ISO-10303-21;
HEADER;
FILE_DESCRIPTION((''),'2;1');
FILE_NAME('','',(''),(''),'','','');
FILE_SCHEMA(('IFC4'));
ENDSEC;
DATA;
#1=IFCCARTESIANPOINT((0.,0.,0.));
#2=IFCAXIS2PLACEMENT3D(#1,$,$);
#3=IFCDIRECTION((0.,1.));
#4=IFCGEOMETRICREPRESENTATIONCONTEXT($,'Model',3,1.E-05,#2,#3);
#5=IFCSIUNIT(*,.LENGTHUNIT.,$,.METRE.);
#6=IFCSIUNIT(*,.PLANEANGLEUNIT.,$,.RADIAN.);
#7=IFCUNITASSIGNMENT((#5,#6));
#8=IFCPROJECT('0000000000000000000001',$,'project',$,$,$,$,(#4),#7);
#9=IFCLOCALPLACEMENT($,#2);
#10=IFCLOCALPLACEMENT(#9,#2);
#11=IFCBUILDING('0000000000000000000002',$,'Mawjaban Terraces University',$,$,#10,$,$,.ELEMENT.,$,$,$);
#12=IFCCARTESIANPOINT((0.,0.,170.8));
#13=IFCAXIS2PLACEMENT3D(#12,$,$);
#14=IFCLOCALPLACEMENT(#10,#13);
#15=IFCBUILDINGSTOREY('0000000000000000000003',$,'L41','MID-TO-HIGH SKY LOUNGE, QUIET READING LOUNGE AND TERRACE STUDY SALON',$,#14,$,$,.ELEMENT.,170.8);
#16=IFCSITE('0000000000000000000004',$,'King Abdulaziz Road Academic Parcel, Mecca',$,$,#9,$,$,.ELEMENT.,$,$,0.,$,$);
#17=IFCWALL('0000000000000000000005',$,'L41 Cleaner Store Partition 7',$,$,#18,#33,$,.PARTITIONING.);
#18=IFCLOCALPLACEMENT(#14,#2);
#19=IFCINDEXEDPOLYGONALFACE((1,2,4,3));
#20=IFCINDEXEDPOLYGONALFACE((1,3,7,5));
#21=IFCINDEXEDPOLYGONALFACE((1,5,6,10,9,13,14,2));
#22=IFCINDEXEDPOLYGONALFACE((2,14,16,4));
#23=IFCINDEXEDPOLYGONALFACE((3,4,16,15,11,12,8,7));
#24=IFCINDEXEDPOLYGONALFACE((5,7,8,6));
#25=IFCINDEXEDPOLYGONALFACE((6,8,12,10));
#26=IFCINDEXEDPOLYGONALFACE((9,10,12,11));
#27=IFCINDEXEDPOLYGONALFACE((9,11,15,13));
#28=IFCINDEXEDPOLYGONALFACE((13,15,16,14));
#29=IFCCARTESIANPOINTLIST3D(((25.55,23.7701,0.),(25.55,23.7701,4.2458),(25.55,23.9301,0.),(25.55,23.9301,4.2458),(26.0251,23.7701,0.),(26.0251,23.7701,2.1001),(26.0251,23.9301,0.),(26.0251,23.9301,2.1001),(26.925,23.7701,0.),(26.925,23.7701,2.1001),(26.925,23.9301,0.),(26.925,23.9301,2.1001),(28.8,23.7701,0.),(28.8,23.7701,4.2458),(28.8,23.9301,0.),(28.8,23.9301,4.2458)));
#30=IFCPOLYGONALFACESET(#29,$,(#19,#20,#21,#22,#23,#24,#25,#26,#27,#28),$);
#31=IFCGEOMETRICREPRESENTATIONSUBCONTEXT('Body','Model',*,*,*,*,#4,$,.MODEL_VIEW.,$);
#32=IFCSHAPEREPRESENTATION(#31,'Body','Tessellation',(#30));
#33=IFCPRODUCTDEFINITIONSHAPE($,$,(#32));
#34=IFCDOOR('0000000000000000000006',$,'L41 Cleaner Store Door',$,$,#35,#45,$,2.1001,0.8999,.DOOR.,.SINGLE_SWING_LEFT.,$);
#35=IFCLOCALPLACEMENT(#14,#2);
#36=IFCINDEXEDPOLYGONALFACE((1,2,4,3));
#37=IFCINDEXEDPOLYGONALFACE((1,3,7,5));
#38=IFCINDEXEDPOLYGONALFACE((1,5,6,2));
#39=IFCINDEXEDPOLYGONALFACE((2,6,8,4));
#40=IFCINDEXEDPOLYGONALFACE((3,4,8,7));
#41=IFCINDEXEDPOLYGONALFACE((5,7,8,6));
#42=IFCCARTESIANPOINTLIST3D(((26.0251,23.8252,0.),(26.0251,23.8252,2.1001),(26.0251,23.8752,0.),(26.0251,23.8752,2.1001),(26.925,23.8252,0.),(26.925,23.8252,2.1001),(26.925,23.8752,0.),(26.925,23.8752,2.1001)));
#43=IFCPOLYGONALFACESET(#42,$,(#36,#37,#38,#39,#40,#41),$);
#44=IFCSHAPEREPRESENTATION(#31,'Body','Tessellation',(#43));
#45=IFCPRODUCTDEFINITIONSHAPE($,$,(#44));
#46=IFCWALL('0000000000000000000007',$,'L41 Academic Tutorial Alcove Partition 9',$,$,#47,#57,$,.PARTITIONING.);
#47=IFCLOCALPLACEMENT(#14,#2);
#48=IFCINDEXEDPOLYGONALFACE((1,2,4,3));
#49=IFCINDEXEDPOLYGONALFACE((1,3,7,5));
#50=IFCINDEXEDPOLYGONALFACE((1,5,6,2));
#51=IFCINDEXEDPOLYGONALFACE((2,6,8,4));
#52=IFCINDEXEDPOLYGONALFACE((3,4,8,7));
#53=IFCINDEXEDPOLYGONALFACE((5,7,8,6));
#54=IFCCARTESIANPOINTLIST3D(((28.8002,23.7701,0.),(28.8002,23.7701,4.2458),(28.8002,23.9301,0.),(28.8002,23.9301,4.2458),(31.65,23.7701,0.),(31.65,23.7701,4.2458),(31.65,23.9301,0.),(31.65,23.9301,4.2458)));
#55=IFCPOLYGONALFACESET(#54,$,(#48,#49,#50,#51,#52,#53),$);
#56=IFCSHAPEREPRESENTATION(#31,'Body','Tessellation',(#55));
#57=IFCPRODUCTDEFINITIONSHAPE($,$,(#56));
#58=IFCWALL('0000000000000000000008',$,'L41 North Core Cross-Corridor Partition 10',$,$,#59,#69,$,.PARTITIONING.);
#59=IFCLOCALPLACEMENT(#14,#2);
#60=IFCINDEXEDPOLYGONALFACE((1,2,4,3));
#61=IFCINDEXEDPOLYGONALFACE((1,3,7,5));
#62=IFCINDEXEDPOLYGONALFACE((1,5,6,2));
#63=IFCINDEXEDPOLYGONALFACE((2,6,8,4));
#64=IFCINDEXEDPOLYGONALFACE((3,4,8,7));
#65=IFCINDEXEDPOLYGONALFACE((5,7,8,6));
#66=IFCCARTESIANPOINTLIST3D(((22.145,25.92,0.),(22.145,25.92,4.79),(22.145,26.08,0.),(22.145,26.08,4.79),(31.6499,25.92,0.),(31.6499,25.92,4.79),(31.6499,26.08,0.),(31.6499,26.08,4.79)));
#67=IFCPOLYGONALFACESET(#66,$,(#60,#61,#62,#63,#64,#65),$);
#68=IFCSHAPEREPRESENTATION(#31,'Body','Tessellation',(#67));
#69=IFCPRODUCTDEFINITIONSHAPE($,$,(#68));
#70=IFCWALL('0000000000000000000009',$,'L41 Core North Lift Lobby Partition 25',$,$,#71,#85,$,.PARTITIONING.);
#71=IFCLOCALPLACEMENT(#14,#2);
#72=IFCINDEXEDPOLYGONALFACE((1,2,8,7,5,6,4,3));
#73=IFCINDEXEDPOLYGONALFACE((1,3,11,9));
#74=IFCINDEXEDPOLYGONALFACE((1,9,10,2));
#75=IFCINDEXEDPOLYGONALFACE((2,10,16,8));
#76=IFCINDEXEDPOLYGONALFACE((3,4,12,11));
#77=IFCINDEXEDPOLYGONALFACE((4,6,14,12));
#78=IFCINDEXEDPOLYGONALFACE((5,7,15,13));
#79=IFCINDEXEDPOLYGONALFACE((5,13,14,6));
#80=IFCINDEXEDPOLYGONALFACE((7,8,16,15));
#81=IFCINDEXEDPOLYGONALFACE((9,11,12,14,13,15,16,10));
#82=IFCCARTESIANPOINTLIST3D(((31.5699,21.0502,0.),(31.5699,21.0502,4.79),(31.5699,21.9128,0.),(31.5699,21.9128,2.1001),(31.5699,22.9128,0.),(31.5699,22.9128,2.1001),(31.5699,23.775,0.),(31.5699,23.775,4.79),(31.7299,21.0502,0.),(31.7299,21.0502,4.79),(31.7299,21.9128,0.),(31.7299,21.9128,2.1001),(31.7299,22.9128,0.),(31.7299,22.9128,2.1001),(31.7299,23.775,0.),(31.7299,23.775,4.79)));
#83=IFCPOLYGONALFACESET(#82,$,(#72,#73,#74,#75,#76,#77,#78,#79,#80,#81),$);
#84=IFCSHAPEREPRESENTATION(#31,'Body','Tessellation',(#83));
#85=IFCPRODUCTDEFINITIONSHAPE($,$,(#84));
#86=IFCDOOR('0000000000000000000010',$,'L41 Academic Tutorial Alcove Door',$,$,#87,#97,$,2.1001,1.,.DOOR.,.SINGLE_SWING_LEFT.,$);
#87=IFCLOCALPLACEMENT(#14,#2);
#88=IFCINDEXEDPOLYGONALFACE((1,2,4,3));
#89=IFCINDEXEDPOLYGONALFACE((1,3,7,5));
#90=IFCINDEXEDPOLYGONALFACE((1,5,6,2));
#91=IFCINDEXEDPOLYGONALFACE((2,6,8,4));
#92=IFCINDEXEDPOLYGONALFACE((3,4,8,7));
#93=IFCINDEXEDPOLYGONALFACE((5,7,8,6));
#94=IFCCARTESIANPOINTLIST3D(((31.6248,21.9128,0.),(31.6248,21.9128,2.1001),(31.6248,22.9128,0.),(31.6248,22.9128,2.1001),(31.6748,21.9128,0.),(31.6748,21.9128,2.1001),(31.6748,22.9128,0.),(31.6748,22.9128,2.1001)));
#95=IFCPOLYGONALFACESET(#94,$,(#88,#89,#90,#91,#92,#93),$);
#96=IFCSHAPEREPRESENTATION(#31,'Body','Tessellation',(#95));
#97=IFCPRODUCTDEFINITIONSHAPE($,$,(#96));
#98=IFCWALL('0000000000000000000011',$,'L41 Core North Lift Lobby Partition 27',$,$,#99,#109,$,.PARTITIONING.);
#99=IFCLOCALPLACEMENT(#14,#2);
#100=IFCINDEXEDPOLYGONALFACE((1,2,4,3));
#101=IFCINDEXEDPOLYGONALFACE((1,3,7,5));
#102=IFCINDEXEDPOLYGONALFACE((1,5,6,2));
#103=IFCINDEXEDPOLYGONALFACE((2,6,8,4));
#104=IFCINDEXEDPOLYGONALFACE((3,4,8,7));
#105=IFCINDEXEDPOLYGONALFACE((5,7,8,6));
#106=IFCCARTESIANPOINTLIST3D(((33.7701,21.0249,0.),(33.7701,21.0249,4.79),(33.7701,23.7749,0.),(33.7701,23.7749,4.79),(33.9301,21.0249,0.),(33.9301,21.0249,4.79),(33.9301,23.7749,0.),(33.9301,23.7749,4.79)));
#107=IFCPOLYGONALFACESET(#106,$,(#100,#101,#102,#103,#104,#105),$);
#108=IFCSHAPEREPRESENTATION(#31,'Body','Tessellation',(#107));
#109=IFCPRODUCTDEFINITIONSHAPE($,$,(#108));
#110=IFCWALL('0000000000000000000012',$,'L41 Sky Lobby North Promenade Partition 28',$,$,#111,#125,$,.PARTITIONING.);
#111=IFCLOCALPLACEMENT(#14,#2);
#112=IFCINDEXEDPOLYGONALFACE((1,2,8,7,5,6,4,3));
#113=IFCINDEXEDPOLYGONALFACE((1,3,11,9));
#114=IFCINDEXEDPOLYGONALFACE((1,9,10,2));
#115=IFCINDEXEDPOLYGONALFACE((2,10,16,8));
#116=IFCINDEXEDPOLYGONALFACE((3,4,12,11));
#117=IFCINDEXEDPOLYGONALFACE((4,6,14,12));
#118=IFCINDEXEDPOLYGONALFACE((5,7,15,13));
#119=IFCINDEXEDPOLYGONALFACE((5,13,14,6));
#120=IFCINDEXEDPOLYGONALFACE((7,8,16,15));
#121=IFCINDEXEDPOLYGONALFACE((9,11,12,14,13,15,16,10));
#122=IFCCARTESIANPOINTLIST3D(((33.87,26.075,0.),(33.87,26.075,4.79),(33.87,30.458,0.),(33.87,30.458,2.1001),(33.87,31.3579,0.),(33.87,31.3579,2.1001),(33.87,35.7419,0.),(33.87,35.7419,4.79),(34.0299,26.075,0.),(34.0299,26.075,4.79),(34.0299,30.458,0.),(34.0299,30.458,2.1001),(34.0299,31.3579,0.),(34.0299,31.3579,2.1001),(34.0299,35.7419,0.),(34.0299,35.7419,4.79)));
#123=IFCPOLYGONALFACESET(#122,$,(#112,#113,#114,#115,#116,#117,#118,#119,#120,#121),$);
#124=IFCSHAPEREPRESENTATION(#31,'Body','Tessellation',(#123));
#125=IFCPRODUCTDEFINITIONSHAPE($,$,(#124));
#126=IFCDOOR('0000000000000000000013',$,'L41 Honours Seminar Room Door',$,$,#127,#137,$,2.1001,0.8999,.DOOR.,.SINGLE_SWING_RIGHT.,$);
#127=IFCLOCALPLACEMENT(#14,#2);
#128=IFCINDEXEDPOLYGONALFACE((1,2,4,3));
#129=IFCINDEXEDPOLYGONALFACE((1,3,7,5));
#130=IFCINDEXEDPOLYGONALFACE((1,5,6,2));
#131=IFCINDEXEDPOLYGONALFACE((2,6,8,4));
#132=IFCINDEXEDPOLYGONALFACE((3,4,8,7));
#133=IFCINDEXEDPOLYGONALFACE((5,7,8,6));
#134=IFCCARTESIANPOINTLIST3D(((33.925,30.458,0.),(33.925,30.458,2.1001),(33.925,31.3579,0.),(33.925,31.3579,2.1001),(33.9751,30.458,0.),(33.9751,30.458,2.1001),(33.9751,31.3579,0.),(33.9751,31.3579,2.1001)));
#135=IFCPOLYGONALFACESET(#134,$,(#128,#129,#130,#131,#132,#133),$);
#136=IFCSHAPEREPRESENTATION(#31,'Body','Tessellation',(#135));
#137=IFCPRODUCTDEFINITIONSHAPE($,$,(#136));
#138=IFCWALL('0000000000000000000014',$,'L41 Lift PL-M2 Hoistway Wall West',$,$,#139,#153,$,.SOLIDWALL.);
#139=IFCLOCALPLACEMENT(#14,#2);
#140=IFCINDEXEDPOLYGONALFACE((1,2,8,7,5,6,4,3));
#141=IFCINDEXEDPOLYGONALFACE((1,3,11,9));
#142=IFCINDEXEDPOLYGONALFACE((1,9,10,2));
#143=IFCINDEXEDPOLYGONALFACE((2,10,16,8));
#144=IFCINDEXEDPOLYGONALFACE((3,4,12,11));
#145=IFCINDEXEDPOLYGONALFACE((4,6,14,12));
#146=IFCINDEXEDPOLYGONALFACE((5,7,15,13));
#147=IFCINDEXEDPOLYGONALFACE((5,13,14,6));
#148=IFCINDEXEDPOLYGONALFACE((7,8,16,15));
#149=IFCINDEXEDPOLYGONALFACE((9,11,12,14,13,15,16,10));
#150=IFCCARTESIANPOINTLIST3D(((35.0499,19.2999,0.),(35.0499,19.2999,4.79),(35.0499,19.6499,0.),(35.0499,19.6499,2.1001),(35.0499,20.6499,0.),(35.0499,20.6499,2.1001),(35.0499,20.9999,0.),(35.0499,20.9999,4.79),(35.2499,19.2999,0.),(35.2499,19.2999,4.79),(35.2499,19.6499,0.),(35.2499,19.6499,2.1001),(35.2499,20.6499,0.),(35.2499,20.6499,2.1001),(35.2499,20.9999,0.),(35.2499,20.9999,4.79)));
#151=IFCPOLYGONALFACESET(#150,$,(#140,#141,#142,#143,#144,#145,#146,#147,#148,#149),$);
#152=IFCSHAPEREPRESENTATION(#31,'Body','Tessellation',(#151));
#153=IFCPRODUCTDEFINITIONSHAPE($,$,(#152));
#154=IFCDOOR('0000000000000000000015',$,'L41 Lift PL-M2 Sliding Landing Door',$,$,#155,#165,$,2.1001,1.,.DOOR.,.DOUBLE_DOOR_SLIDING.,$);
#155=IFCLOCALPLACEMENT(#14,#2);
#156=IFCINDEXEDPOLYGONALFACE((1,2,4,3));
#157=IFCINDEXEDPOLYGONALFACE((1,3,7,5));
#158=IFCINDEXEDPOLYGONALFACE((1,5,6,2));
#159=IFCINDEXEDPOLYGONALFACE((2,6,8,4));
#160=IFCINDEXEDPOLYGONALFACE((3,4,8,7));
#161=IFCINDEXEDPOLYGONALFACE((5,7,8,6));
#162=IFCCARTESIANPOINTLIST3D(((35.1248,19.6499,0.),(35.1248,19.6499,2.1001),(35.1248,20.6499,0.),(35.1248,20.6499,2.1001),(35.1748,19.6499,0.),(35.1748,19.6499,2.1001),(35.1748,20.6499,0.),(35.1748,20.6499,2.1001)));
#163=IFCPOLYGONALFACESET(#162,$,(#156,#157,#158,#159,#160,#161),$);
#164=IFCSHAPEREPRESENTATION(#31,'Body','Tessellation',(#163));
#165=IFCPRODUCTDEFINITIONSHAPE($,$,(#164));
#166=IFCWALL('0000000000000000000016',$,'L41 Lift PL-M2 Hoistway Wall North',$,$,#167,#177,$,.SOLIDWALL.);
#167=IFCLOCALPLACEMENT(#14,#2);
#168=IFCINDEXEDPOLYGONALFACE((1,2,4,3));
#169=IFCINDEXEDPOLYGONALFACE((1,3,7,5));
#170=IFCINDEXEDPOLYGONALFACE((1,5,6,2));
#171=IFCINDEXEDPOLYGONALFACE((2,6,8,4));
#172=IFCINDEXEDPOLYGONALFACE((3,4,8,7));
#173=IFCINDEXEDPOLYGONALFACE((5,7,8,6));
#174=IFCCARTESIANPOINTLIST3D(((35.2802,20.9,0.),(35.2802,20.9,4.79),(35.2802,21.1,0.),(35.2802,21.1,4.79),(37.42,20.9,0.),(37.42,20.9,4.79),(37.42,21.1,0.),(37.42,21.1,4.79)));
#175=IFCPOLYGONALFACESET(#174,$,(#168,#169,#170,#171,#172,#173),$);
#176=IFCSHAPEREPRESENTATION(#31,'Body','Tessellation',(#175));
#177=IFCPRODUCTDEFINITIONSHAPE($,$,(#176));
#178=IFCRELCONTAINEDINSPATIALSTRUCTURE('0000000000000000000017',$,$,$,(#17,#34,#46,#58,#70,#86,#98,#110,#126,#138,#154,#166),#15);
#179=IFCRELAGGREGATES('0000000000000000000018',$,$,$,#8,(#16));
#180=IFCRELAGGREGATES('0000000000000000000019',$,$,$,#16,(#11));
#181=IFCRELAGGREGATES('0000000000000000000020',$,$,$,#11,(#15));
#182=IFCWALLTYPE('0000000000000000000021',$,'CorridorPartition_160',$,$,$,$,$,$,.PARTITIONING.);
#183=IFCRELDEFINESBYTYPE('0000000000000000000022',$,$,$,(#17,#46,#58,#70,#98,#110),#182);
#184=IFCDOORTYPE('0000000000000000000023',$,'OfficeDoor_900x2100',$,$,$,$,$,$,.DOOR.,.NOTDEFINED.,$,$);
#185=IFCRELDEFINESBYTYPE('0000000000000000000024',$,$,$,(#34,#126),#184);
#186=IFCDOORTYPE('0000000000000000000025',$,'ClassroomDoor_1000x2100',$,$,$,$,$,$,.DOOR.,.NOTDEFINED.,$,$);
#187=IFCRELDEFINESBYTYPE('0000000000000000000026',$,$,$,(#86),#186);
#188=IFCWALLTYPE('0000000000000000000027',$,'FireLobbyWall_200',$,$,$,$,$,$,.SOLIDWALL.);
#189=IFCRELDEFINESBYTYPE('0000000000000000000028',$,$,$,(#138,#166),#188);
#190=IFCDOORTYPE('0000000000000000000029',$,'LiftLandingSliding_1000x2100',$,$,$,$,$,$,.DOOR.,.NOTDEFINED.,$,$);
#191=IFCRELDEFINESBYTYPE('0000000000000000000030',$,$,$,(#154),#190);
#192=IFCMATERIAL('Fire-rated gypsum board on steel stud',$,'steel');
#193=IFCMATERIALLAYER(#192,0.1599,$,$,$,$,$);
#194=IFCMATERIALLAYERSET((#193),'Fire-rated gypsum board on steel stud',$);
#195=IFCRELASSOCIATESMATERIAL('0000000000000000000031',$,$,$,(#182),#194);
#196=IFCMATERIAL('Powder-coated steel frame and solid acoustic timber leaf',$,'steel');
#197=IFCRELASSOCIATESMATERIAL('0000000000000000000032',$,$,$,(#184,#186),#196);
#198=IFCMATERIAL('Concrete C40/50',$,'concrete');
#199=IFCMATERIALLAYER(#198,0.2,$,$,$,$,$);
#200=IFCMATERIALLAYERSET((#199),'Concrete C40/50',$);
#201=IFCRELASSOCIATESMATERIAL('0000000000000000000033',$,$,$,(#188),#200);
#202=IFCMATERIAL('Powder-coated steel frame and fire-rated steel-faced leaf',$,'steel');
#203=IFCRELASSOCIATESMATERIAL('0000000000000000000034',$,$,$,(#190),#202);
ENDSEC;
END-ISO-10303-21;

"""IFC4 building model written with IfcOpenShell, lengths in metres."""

from ifc_helpers import new_model, si_unit, direction, frame, frame_2d, origin, place, context, subcontext, project, spatial, rectangle, extrude, material, layer, layer_set, type_object, element, fill, save


model = new_model("IFC4")

# Units and contexts
model_context = context("Model", 3, precision=1e-05, world=origin(), true_north=direction((0.0, 1.0)))
body_context = subcontext(model_context, "Body", "Model", "MODEL_VIEW")
ifc_project = project(units=[si_unit("LENGTHUNIT", "METRE"), si_unit("PLANEANGLEUNIT", "RADIAN")], contexts=[model_context])

# Site, building, storey
site_placement = place(None, origin())
site = spatial("IfcSite", under=ifc_project, at=site_placement, Name="King Abdulaziz Road Academic Parcel, Mecca", CompositionType="ELEMENT", RefElevation=0.0)
building_placement = place(site_placement, origin())
building = spatial("IfcBuilding", under=site, at=building_placement, Name="Mawjaban Terraces University", CompositionType="ELEMENT")
storey_placement = place(building_placement, frame((0.0, 0.0, 170.8)))
storey = spatial("IfcBuildingStorey", under=building, at=storey_placement, Name="L41", Description="MID-TO-HIGH SKY LOUNGE, QUIET READING LOUNGE AND TERRACE STUDY SALON", CompositionType="ELEMENT", Elevation=170.8)

# Wall, opening, door
ifc_material_1 = material(Name="Fire-rated gypsum board on steel stud", Category="steel")
ifc_layer_1 = layer(ifc_material_1, 0.1599)
ifc_layer_set_1 = layer_set([ifc_layer_1], Name="Fire-rated gypsum board on steel stud")
wall_type_1 = type_object("IfcWallType", Name="CorridorPartition_160", PredefinedType="PARTITIONING", material=ifc_layer_set_1)
ifc_material_2 = material(Name="Powder-coated steel frame and solid acoustic timber leaf", Category="steel")
wall_1_placement = place(storey_placement, frame((28.8, 23.8501, 0.0), z_axis=(0.0, 0.0, 1.0), x_axis=(-1.0, 0.0, 0.0)))
wall_1 = element("IfcWall", 1, at=wall_1_placement, inside=storey, type_object=wall_type_1, Name="L41 Cleaner Store Partition 7", PredefinedType="PARTITIONING", context=body_context, shape_type="SweptSolid", body=[
    extrude(rectangle(XDim=3.25, YDim=0.1599, at=frame_2d((1.625, 0.0))), origin(), (0.0, 0.0, 1.0), 4.2458),
])
opening_1_placement = place(wall_1_placement, frame((1.875, 0.0, 0.0)))
opening_1 = element("IfcOpeningElement", 2, at=opening_1_placement, cuts=wall_1, PredefinedType="OPENING", context=body_context, shape_type="SweptSolid", body=[
    extrude(rectangle(XDim=0.8999, YDim=2.1001, at=frame_2d((0.45, 1.05))), frame((0.0, 0.0898, 0.0), z_axis=(0.0, -1.0, 0.0), x_axis=(1.0, 0.0, 0.0)), (0.0, 0.0, 1.0), 0.1799),
])
door_type_1 = type_object("IfcDoorType", Name="OfficeDoor_900x2100", OperationType="NOTDEFINED", PredefinedType="DOOR", material=ifc_material_2)
door_1_placement = place(opening_1_placement, origin())
door_1 = element("IfcDoor", 3, at=door_1_placement, inside=storey, type_object=door_type_1, Name="L41 Cleaner Store Door", OperationType="SINGLE_SWING_LEFT", OverallHeight=2.1001, OverallWidth=0.8999, PredefinedType="DOOR", context=body_context, shape_type="SweptSolid", body=[
    extrude(rectangle(XDim=0.8999, YDim=2.1001, at=frame_2d((0.45, 1.05))), frame((0.0, 0.0249, 0.0), z_axis=(0.0, -1.0, 0.0), x_axis=(1.0, 0.0, 0.0)), (0.0, 0.0, 1.0), 0.05),
])
fill(opening_1, door_1)

# Walls
wall_2_placement = place(storey_placement, frame((31.6499, 23.8501, 0.0), z_axis=(0.0, 0.0, 1.0), x_axis=(-1.0, 0.0, 0.0)))
element("IfcWall", 4, at=wall_2_placement, inside=storey, type_object=wall_type_1, Name="L41 Academic Tutorial Alcove Partition 9", PredefinedType="PARTITIONING", context=body_context, shape_type="SweptSolid", body=[
    extrude(rectangle(XDim=2.8499, YDim=0.1599, at=frame_2d((1.4248, 0.0))), origin(), (0.0, 0.0, 1.0), 4.2458),
])
wall_3_placement = place(storey_placement, frame((31.6499, 26.0, 0.0), z_axis=(0.0, 0.0, 1.0), x_axis=(-1.0, 0.0, 0.0)))
element("IfcWall", 5, at=wall_3_placement, inside=storey, type_object=wall_type_1, Name="L41 North Core Cross-Corridor Partition 10", PredefinedType="PARTITIONING", context=body_context, shape_type="SweptSolid", body=[
    extrude(rectangle(XDim=9.5049, YDim=0.1599, at=frame_2d((4.7524, 0.0))), origin(), (0.0, 0.0, 1.0), 4.79),
])

# Wall, opening, door
wall_4_placement = place(storey_placement, frame((31.6499, 23.7749, 0.0), z_axis=(0.0, 0.0, 1.0), x_axis=(0.0, -1.0, 0.0)))
wall_4 = element("IfcWall", 6, at=wall_4_placement, inside=storey, type_object=wall_type_1, Name="L41 Core North Lift Lobby Partition 25", PredefinedType="PARTITIONING", context=body_context, shape_type="SweptSolid", body=[
    extrude(rectangle(XDim=2.7249, YDim=0.1599, at=frame_2d((1.3623, 0.0))), origin(), (0.0, 0.0, 1.0), 4.79),
])
opening_2_placement = place(wall_4_placement, frame((0.8621, 0.0, 0.0)))
opening_2 = element("IfcOpeningElement", 7, at=opening_2_placement, cuts=wall_4, PredefinedType="OPENING", context=body_context, shape_type="SweptSolid", body=[
    extrude(rectangle(XDim=1.0, YDim=2.1001, at=frame_2d((0.5, 1.05))), frame((0.0, 0.0898, 0.0), z_axis=(0.0, -1.0, 0.0), x_axis=(1.0, 0.0, 0.0)), (0.0, 0.0, 1.0), 0.1799),
])
door_type_2 = type_object("IfcDoorType", Name="ClassroomDoor_1000x2100", OperationType="NOTDEFINED", PredefinedType="DOOR", material=ifc_material_2)
door_2_placement = place(opening_2_placement, origin())
door_2 = element("IfcDoor", 8, at=door_2_placement, inside=storey, type_object=door_type_2, Name="L41 Academic Tutorial Alcove Door", OperationType="SINGLE_SWING_LEFT", OverallHeight=2.1001, OverallWidth=1.0, PredefinedType="DOOR", context=body_context, shape_type="SweptSolid", body=[
    extrude(rectangle(XDim=1.0, YDim=2.1001, at=frame_2d((0.5, 1.05))), frame((0.0, 0.0249, 0.0), z_axis=(0.0, -1.0, 0.0), x_axis=(1.0, 0.0, 0.0)), (0.0, 0.0, 1.0), 0.05),
])
fill(opening_2, door_2)

# Wall
wall_5_placement = place(storey_placement, frame((33.8501, 21.0249, 0.0), z_axis=(0.0, 0.0, 1.0), x_axis=(0.0, 1.0, 0.0)))
element("IfcWall", 9, at=wall_5_placement, inside=storey, type_object=wall_type_1, Name="L41 Core North Lift Lobby Partition 27", PredefinedType="PARTITIONING", context=body_context, shape_type="SweptSolid", body=[
    extrude(rectangle(XDim=2.75, YDim=0.1599, at=frame_2d((1.375, 0.0))), origin(), (0.0, 0.0, 1.0), 4.79),
])

# Walls, openings, doors
wall_6_placement = place(storey_placement, frame((33.95, 26.075, 0.0), z_axis=(0.0, 0.0, 1.0), x_axis=(0.0, 1.0, 0.0)))
wall_6 = element("IfcWall", 10, at=wall_6_placement, inside=storey, type_object=wall_type_1, Name="L41 Sky Lobby North Promenade Partition 28", PredefinedType="PARTITIONING", context=body_context, shape_type="SweptSolid", body=[
    extrude(rectangle(XDim=9.667, YDim=0.1599, at=frame_2d((4.8335, 0.0))), origin(), (0.0, 0.0, 1.0), 4.79),
])
opening_3_placement = place(wall_6_placement, frame((4.3831, 0.0, 0.0)))
opening_3 = element("IfcOpeningElement", 11, at=opening_3_placement, cuts=wall_6, PredefinedType="OPENING", context=body_context, shape_type="SweptSolid", body=[
    extrude(rectangle(XDim=0.8999, YDim=2.1001, at=frame_2d((0.45, 1.05))), frame((0.0, 0.0898, 0.0), z_axis=(0.0, -1.0, 0.0), x_axis=(1.0, 0.0, 0.0)), (0.0, 0.0, 1.0), 0.1799),
])
door_3_placement = place(opening_3_placement, origin())
door_3 = element("IfcDoor", 12, at=door_3_placement, inside=storey, type_object=door_type_1, Name="L41 Honours Seminar Room Door", OperationType="SINGLE_SWING_RIGHT", OverallHeight=2.1001, OverallWidth=0.8999, PredefinedType="DOOR", context=body_context, shape_type="SweptSolid", body=[
    extrude(rectangle(XDim=0.8999, YDim=2.1001, at=frame_2d((0.45, 1.05))), frame((0.0, 0.0249, 0.0), z_axis=(0.0, -1.0, 0.0), x_axis=(1.0, 0.0, 0.0)), (0.0, 0.0, 1.0), 0.05),
])
fill(opening_3, door_3)
ifc_material_3 = material(Name="Concrete C40/50", Category="concrete")
ifc_layer_2 = layer(ifc_material_3, 0.2)
ifc_layer_set_2 = layer_set([ifc_layer_2], Name="Concrete C40/50")
wall_type_2 = type_object("IfcWallType", Name="FireLobbyWall_200", PredefinedType="SOLIDWALL", material=ifc_layer_set_2)
wall_7_placement = place(storey_placement, frame((35.1499, 21.0, 0.0), z_axis=(0.0, 0.0, 1.0), x_axis=(0.0, -1.0, 0.0)))
wall_7 = element("IfcWall", 13, at=wall_7_placement, inside=storey, type_object=wall_type_2, Name="L41 Lift PL-M2 Hoistway Wall West", PredefinedType="SOLIDWALL", context=body_context, shape_type="SweptSolid", body=[
    extrude(rectangle(XDim=1.7, YDim=0.2, at=frame_2d((0.8501, 0.0))), origin(), (0.0, 0.0, 1.0), 4.79),
])
opening_4_placement = place(wall_7_placement, frame((0.3501, 0.0, 0.0)))
opening_4 = element("IfcOpeningElement", 14, at=opening_4_placement, cuts=wall_7, PredefinedType="OPENING", context=body_context, shape_type="SweptSolid", body=[
    extrude(rectangle(XDim=1.0, YDim=2.1001, at=frame_2d((0.5, 1.05))), frame((0.0, 0.1099, 0.0), z_axis=(0.0, -1.0, 0.0), x_axis=(1.0, 0.0, 0.0)), (0.0, 0.0, 1.0), 0.22),
])
ifc_material_4 = material(Name="Powder-coated steel frame and fire-rated steel-faced leaf", Category="steel")
door_type_3 = type_object("IfcDoorType", Name="LiftLandingSliding_1000x2100", OperationType="NOTDEFINED", PredefinedType="DOOR", material=ifc_material_4)
door_4_placement = place(opening_4_placement, origin())
door_4 = element("IfcDoor", 15, at=door_4_placement, inside=storey, type_object=door_type_3, Name="L41 Lift PL-M2 Sliding Landing Door", OperationType="DOUBLE_DOOR_SLIDING", OverallHeight=2.1001, OverallWidth=1.0, PredefinedType="DOOR", context=body_context, shape_type="SweptSolid", body=[
    extrude(rectangle(XDim=1.0, YDim=2.1001, at=frame_2d((0.5, 1.05))), frame((0.0, 0.0249, 0.0), z_axis=(0.0, -1.0, 0.0), x_axis=(1.0, 0.0, 0.0)), (0.0, 0.0, 1.0), 0.05),
])
fill(opening_4, door_4)

# Wall
wall_8_placement = place(storey_placement, frame((37.4199, 21.0, 0.0), z_axis=(0.0, 0.0, 1.0), x_axis=(-1.0, 0.0, 0.0)))
element("IfcWall", 16, at=wall_8_placement, inside=storey, type_object=wall_type_2, Name="L41 Lift PL-M2 Hoistway Wall North", PredefinedType="SOLIDWALL", context=body_context, shape_type="SweptSolid", body=[
    extrude(rectangle(XDim=2.1399, YDim=0.2, at=frame_2d((1.0698, 0.0))), origin(), (0.0, 0.0, 1.0), 4.79),
])

save(model, "model.ifc")
